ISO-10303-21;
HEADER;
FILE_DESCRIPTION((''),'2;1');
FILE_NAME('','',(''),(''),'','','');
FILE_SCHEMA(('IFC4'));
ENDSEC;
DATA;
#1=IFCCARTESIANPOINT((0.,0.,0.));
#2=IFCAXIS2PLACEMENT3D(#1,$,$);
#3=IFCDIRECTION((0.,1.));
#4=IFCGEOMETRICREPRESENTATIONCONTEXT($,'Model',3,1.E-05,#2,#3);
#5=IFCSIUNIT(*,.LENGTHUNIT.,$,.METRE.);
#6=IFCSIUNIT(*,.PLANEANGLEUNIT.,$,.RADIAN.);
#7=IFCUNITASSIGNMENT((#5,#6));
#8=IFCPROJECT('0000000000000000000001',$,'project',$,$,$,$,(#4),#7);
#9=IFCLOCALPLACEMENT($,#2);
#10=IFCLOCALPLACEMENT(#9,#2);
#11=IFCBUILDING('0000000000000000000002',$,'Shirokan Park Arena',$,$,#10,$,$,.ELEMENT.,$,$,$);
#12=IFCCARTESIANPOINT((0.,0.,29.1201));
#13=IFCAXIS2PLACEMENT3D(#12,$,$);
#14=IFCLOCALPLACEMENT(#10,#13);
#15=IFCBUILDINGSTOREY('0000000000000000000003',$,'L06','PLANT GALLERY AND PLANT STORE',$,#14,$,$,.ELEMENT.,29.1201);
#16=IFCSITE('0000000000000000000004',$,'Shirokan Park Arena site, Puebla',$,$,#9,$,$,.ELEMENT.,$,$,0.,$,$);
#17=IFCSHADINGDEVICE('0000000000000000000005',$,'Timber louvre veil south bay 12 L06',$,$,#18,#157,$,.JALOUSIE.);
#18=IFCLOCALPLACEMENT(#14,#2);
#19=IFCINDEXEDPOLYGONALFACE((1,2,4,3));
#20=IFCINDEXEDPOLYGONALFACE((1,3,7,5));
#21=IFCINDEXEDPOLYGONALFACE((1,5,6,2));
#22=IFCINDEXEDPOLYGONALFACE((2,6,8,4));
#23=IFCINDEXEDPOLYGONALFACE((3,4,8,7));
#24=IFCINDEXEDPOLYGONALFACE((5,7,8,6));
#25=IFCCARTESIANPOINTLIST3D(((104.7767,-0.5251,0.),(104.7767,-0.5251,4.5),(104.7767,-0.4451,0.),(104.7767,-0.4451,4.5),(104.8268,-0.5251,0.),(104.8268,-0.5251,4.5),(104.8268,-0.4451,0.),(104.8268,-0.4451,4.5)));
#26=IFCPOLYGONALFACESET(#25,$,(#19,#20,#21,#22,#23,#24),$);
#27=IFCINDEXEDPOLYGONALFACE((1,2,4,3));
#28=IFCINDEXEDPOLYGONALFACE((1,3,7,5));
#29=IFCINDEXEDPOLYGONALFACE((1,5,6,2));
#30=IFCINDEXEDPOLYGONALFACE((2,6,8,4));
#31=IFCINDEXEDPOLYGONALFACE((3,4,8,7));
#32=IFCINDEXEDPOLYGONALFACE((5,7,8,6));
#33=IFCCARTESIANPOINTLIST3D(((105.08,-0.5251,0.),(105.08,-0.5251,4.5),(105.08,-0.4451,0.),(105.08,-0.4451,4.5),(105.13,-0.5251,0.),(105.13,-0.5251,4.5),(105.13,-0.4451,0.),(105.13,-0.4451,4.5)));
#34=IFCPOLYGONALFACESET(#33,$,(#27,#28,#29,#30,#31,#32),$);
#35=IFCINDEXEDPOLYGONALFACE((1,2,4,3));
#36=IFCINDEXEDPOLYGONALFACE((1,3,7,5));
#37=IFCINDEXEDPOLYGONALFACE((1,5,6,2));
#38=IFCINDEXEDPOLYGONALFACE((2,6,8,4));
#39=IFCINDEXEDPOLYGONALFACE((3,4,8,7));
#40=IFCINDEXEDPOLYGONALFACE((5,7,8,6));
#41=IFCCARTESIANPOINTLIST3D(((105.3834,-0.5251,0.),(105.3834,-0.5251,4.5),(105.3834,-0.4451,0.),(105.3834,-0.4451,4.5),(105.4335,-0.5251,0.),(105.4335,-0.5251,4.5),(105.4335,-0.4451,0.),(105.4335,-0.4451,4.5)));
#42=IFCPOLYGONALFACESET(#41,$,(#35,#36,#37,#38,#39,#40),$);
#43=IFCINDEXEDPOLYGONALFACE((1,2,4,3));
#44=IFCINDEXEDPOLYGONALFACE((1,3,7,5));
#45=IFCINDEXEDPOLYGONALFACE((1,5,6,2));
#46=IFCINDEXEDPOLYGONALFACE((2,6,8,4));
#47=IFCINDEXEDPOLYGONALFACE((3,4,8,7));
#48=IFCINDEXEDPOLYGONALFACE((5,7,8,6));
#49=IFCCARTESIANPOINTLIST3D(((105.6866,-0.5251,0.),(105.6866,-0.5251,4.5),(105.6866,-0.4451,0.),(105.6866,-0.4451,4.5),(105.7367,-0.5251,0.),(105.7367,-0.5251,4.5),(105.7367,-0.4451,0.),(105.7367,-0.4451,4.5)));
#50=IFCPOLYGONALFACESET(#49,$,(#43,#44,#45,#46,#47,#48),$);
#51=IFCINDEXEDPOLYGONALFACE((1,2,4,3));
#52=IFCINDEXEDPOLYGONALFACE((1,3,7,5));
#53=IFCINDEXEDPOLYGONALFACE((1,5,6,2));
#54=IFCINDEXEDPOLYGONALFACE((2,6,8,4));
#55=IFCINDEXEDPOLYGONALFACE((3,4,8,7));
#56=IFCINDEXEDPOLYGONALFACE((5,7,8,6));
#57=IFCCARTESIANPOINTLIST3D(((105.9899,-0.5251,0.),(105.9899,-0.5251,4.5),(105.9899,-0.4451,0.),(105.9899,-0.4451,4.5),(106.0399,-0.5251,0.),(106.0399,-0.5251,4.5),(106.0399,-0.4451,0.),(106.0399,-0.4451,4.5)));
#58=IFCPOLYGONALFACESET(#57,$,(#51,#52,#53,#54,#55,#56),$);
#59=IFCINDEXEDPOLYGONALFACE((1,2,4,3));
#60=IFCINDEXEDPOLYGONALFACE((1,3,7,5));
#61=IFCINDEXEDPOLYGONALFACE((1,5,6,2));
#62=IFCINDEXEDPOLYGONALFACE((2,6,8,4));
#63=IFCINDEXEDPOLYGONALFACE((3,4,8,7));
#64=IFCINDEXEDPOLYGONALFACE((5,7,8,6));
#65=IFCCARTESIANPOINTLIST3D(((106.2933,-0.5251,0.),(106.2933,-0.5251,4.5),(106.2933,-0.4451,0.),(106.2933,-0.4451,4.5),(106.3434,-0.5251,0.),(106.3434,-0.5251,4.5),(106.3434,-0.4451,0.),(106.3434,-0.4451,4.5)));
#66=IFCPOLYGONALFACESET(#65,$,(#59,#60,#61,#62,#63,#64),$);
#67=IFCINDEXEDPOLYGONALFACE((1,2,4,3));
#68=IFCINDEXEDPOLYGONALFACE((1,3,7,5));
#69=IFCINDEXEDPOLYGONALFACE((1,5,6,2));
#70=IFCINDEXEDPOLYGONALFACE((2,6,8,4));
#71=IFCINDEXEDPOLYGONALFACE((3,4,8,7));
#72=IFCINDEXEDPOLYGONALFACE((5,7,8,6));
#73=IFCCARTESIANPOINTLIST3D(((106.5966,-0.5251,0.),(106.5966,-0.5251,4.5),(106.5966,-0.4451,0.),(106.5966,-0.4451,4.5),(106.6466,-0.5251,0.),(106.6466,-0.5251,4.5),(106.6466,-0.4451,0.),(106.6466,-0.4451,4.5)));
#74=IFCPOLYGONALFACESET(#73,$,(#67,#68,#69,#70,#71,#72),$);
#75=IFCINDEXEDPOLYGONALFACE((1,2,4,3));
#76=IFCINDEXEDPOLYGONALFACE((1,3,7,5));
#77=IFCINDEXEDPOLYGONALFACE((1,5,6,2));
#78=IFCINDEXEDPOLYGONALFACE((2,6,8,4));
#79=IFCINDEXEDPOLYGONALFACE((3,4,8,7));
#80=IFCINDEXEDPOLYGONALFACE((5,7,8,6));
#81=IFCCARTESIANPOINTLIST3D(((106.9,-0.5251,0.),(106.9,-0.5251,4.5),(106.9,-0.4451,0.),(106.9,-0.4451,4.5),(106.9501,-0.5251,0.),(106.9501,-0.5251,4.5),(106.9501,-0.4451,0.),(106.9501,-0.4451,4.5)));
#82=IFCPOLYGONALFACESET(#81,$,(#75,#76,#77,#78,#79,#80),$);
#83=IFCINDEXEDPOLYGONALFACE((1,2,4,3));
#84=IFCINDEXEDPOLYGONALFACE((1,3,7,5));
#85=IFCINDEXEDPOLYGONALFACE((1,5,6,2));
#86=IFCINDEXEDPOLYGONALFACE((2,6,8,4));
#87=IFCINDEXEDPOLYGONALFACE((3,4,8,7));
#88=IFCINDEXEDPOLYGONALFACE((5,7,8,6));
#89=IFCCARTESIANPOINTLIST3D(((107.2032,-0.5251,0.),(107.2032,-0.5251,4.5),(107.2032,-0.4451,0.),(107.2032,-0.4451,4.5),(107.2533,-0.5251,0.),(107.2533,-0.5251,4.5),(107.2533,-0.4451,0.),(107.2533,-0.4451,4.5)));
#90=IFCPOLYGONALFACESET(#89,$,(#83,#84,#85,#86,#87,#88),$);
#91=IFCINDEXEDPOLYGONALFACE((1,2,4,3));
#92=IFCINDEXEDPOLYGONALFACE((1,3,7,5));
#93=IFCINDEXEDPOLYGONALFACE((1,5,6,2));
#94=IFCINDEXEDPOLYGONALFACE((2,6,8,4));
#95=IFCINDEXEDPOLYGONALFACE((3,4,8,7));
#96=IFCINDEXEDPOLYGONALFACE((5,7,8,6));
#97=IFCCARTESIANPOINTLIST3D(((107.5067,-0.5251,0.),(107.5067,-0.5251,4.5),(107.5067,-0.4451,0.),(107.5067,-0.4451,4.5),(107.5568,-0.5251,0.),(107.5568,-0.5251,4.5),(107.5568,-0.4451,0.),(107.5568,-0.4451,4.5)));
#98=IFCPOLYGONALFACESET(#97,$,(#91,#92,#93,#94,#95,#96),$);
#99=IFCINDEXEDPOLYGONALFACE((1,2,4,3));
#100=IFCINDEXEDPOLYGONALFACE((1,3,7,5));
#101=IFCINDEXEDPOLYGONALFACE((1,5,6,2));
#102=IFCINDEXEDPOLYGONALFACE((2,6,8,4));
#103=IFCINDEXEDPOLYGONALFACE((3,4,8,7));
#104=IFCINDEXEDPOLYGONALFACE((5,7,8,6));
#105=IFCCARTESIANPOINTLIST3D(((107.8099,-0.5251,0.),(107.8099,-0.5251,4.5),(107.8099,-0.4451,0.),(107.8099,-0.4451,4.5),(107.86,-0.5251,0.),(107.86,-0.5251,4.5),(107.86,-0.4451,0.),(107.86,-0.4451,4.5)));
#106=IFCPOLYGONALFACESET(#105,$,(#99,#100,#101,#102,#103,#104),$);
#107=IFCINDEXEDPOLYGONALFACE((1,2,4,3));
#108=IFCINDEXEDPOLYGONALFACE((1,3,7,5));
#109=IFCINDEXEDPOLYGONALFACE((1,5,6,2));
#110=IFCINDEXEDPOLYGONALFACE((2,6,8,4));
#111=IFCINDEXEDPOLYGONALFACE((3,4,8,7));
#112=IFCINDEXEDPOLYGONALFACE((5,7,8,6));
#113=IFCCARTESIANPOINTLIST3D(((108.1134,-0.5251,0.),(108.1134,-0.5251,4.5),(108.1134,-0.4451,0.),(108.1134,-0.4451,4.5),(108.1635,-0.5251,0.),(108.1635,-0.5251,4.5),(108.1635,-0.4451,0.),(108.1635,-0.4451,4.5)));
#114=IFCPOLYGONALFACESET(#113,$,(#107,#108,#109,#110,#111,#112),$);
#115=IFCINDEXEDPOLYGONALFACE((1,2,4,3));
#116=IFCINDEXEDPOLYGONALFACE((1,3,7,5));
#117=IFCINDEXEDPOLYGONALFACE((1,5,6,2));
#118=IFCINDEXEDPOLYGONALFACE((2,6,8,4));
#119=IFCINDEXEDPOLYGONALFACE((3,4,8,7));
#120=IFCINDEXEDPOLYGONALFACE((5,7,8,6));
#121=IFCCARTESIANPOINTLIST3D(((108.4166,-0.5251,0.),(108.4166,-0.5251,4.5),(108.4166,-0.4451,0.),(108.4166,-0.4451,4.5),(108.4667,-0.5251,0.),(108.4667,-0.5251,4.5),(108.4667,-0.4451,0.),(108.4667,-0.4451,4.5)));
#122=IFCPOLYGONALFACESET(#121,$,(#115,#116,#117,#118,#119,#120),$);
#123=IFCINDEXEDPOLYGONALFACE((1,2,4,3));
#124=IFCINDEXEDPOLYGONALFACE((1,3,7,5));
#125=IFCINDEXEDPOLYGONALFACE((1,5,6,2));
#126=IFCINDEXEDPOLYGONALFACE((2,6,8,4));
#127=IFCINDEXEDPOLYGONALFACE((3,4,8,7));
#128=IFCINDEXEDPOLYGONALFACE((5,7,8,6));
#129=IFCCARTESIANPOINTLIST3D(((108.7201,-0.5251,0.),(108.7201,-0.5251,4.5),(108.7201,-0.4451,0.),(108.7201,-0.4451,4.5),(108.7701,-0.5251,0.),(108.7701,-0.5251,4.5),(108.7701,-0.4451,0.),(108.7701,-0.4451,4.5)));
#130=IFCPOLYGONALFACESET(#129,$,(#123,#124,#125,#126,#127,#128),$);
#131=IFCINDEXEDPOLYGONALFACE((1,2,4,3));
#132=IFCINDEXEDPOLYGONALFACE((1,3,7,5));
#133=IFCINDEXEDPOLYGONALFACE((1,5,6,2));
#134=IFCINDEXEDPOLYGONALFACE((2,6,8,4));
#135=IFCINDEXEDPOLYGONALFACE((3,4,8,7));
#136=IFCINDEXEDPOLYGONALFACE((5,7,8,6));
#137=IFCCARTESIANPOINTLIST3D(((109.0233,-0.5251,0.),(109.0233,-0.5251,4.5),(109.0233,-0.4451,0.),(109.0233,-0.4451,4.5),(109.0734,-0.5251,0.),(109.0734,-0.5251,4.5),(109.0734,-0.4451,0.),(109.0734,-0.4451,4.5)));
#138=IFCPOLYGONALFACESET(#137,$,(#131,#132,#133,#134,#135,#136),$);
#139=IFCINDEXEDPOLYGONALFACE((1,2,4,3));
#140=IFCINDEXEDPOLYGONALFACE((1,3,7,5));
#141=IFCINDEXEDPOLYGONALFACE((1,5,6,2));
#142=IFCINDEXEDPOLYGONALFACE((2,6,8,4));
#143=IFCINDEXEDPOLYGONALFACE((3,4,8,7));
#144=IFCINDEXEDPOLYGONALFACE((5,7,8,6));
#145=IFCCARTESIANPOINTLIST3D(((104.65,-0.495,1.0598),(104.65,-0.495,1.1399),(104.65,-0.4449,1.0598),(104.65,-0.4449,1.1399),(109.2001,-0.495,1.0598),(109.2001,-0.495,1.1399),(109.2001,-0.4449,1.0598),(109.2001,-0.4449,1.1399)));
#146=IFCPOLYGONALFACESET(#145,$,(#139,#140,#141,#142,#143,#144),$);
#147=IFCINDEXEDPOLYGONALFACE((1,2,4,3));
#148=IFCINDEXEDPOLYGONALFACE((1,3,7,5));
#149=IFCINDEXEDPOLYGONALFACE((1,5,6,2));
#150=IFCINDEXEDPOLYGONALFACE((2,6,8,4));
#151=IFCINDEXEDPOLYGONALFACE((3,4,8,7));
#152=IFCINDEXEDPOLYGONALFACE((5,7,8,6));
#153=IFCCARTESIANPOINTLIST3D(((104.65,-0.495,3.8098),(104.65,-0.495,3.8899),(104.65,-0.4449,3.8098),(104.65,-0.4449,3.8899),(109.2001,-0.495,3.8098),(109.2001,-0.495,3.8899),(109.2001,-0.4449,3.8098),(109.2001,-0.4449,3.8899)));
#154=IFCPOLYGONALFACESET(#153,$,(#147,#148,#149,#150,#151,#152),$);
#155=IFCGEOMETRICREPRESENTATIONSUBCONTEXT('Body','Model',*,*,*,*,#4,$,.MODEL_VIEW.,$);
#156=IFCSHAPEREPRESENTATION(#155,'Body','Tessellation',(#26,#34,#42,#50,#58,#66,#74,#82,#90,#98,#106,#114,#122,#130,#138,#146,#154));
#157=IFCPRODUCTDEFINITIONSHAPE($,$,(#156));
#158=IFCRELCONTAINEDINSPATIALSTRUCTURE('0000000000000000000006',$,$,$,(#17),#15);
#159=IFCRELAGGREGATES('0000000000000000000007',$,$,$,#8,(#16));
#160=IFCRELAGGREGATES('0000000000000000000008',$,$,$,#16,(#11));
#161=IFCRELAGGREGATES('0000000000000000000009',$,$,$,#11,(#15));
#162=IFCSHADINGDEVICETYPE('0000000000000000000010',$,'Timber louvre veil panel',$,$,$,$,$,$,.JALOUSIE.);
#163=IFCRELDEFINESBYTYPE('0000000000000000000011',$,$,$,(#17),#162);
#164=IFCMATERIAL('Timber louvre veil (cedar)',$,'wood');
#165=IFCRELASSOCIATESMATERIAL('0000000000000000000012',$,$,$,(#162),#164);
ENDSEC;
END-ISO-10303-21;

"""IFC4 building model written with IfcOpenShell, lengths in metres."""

from ifc_helpers import new_model, si_unit, direction, frame, origin, origin_2d, place, context, subcontext, project, spatial, rectangle, extrude, material, type_object, element, save


model = new_model("IFC4")

# Units and contexts
model_context = context("Model", 3, precision=1e-05, world=origin(), true_north=direction((0.0, 1.0)))
body_context = subcontext(model_context, "Body", "Model", "MODEL_VIEW")
ifc_project = project(units=[si_unit("LENGTHUNIT", "METRE"), si_unit("PLANEANGLEUNIT", "RADIAN")], contexts=[model_context])

# Site, building, storey
site_placement = place(None, origin())
site = spatial("IfcSite", under=ifc_project, at=site_placement, Name="Shirokan Park Arena site, Puebla", CompositionType="ELEMENT", RefElevation=0.0)
building_placement = place(site_placement, origin())
building = spatial("IfcBuilding", under=site, at=building_placement, Name="Shirokan Park Arena", CompositionType="ELEMENT")
storey_placement = place(building_placement, frame((0.0, 0.0, 29.1201)))
storey = spatial("IfcBuildingStorey", under=building, at=storey_placement, Name="L06", Description="PLANT GALLERY AND PLANT STORE", CompositionType="ELEMENT", Elevation=29.1201)

# Shading device
ifc_material_1 = material(Name="Timber louvre veil (cedar)", Category="wood")
shading_device_type = type_object("IfcShadingDeviceType", Name="Timber louvre veil panel", PredefinedType="JALOUSIE", material=ifc_material_1)
shading_device_1_placement = place(storey_placement, origin())
element("IfcShadingDevice", 1, at=shading_device_1_placement, inside=storey, type_object=shading_device_type, Name="Timber louvre veil south bay 12 L06", PredefinedType="JALOUSIE", context=body_context, shape_type="SweptSolid", body=[
    extrude(rectangle(XDim=0.05, YDim=0.0801, at=origin_2d()), frame((104.8018, -0.4851, 0.0), z_axis=(0.0, 0.0, 1.0), x_axis=(1.0, 0.0, 0.0)), (0.0, 0.0, 1.0), 4.5),
    extrude(rectangle(XDim=0.05, YDim=0.0801, at=origin_2d()), frame((105.105, -0.4851, 0.0), z_axis=(0.0, 0.0, 1.0), x_axis=(1.0, 0.0, 0.0)), (0.0, 0.0, 1.0), 4.5),
    extrude(rectangle(XDim=0.05, YDim=0.0801, at=origin_2d()), frame((105.4084, -0.4851, 0.0), z_axis=(0.0, 0.0, 1.0), x_axis=(1.0, 0.0, 0.0)), (0.0, 0.0, 1.0), 4.5),
    extrude(rectangle(XDim=0.05, YDim=0.0801, at=origin_2d()), frame((105.7117, -0.4851, 0.0), z_axis=(0.0, 0.0, 1.0), x_axis=(1.0, 0.0, 0.0)), (0.0, 0.0, 1.0), 4.5),
    extrude(rectangle(XDim=0.05, YDim=0.0801, at=origin_2d()), frame((106.0149, -0.4851, 0.0), z_axis=(0.0, 0.0, 1.0), x_axis=(1.0, 0.0, 0.0)), (0.0, 0.0, 1.0), 4.5),
    extrude(rectangle(XDim=0.05, YDim=0.0801, at=origin_2d()), frame((106.3184, -0.4851, 0.0), z_axis=(0.0, 0.0, 1.0), x_axis=(1.0, 0.0, 0.0)), (0.0, 0.0, 1.0), 4.5),
    extrude(rectangle(XDim=0.05, YDim=0.0801, at=origin_2d()), frame((106.6216, -0.4851, 0.0), z_axis=(0.0, 0.0, 1.0), x_axis=(1.0, 0.0, 0.0)), (0.0, 0.0, 1.0), 4.5),
    extrude(rectangle(XDim=0.05, YDim=0.0801, at=origin_2d()), frame((106.925, -0.4851, 0.0), z_axis=(0.0, 0.0, 1.0), x_axis=(1.0, 0.0, 0.0)), (0.0, 0.0, 1.0), 4.5),
    extrude(rectangle(XDim=0.05, YDim=0.0801, at=origin_2d()), frame((107.2283, -0.4851, 0.0), z_axis=(0.0, 0.0, 1.0), x_axis=(1.0, 0.0, 0.0)), (0.0, 0.0, 1.0), 4.5),
    extrude(rectangle(XDim=0.05, YDim=0.0801, at=origin_2d()), frame((107.5317, -0.4851, 0.0), z_axis=(0.0, 0.0, 1.0), x_axis=(1.0, 0.0, 0.0)), (0.0, 0.0, 1.0), 4.5),
    extrude(rectangle(XDim=0.05, YDim=0.0801, at=origin_2d()), frame((107.835, -0.4851, 0.0), z_axis=(0.0, 0.0, 1.0), x_axis=(1.0, 0.0, 0.0)), (0.0, 0.0, 1.0), 4.5),
    extrude(rectangle(XDim=0.05, YDim=0.0801, at=origin_2d()), frame((108.1384, -0.4851, 0.0), z_axis=(0.0, 0.0, 1.0), x_axis=(1.0, 0.0, 0.0)), (0.0, 0.0, 1.0), 4.5),
    extrude(rectangle(XDim=0.05, YDim=0.0801, at=origin_2d()), frame((108.4417, -0.4851, 0.0), z_axis=(0.0, 0.0, 1.0), x_axis=(1.0, 0.0, 0.0)), (0.0, 0.0, 1.0), 4.5),
    extrude(rectangle(XDim=0.05, YDim=0.0801, at=origin_2d()), frame((108.7451, -0.4851, 0.0), z_axis=(0.0, 0.0, 1.0), x_axis=(1.0, 0.0, 0.0)), (0.0, 0.0, 1.0), 4.5),
    extrude(rectangle(XDim=0.05, YDim=0.0801, at=origin_2d()), frame((109.0483, -0.4851, 0.0), z_axis=(0.0, 0.0, 1.0), x_axis=(1.0, 0.0, 0.0)), (0.0, 0.0, 1.0), 4.5),
    extrude(rectangle(XDim=4.55, YDim=0.05, at=origin_2d()), frame((106.925, -0.47, 1.0598), z_axis=(0.0, 0.0, 1.0), x_axis=(1.0, 0.0, 0.0)), (0.0, 0.0, 1.0), 0.0801),
    extrude(rectangle(XDim=4.55, YDim=0.05, at=origin_2d()), frame((106.925, -0.47, 3.8098), z_axis=(0.0, 0.0, 1.0), x_axis=(1.0, 0.0, 0.0)), (0.0, 0.0, 1.0), 0.0801),
])

save(model, "model.ifc")
